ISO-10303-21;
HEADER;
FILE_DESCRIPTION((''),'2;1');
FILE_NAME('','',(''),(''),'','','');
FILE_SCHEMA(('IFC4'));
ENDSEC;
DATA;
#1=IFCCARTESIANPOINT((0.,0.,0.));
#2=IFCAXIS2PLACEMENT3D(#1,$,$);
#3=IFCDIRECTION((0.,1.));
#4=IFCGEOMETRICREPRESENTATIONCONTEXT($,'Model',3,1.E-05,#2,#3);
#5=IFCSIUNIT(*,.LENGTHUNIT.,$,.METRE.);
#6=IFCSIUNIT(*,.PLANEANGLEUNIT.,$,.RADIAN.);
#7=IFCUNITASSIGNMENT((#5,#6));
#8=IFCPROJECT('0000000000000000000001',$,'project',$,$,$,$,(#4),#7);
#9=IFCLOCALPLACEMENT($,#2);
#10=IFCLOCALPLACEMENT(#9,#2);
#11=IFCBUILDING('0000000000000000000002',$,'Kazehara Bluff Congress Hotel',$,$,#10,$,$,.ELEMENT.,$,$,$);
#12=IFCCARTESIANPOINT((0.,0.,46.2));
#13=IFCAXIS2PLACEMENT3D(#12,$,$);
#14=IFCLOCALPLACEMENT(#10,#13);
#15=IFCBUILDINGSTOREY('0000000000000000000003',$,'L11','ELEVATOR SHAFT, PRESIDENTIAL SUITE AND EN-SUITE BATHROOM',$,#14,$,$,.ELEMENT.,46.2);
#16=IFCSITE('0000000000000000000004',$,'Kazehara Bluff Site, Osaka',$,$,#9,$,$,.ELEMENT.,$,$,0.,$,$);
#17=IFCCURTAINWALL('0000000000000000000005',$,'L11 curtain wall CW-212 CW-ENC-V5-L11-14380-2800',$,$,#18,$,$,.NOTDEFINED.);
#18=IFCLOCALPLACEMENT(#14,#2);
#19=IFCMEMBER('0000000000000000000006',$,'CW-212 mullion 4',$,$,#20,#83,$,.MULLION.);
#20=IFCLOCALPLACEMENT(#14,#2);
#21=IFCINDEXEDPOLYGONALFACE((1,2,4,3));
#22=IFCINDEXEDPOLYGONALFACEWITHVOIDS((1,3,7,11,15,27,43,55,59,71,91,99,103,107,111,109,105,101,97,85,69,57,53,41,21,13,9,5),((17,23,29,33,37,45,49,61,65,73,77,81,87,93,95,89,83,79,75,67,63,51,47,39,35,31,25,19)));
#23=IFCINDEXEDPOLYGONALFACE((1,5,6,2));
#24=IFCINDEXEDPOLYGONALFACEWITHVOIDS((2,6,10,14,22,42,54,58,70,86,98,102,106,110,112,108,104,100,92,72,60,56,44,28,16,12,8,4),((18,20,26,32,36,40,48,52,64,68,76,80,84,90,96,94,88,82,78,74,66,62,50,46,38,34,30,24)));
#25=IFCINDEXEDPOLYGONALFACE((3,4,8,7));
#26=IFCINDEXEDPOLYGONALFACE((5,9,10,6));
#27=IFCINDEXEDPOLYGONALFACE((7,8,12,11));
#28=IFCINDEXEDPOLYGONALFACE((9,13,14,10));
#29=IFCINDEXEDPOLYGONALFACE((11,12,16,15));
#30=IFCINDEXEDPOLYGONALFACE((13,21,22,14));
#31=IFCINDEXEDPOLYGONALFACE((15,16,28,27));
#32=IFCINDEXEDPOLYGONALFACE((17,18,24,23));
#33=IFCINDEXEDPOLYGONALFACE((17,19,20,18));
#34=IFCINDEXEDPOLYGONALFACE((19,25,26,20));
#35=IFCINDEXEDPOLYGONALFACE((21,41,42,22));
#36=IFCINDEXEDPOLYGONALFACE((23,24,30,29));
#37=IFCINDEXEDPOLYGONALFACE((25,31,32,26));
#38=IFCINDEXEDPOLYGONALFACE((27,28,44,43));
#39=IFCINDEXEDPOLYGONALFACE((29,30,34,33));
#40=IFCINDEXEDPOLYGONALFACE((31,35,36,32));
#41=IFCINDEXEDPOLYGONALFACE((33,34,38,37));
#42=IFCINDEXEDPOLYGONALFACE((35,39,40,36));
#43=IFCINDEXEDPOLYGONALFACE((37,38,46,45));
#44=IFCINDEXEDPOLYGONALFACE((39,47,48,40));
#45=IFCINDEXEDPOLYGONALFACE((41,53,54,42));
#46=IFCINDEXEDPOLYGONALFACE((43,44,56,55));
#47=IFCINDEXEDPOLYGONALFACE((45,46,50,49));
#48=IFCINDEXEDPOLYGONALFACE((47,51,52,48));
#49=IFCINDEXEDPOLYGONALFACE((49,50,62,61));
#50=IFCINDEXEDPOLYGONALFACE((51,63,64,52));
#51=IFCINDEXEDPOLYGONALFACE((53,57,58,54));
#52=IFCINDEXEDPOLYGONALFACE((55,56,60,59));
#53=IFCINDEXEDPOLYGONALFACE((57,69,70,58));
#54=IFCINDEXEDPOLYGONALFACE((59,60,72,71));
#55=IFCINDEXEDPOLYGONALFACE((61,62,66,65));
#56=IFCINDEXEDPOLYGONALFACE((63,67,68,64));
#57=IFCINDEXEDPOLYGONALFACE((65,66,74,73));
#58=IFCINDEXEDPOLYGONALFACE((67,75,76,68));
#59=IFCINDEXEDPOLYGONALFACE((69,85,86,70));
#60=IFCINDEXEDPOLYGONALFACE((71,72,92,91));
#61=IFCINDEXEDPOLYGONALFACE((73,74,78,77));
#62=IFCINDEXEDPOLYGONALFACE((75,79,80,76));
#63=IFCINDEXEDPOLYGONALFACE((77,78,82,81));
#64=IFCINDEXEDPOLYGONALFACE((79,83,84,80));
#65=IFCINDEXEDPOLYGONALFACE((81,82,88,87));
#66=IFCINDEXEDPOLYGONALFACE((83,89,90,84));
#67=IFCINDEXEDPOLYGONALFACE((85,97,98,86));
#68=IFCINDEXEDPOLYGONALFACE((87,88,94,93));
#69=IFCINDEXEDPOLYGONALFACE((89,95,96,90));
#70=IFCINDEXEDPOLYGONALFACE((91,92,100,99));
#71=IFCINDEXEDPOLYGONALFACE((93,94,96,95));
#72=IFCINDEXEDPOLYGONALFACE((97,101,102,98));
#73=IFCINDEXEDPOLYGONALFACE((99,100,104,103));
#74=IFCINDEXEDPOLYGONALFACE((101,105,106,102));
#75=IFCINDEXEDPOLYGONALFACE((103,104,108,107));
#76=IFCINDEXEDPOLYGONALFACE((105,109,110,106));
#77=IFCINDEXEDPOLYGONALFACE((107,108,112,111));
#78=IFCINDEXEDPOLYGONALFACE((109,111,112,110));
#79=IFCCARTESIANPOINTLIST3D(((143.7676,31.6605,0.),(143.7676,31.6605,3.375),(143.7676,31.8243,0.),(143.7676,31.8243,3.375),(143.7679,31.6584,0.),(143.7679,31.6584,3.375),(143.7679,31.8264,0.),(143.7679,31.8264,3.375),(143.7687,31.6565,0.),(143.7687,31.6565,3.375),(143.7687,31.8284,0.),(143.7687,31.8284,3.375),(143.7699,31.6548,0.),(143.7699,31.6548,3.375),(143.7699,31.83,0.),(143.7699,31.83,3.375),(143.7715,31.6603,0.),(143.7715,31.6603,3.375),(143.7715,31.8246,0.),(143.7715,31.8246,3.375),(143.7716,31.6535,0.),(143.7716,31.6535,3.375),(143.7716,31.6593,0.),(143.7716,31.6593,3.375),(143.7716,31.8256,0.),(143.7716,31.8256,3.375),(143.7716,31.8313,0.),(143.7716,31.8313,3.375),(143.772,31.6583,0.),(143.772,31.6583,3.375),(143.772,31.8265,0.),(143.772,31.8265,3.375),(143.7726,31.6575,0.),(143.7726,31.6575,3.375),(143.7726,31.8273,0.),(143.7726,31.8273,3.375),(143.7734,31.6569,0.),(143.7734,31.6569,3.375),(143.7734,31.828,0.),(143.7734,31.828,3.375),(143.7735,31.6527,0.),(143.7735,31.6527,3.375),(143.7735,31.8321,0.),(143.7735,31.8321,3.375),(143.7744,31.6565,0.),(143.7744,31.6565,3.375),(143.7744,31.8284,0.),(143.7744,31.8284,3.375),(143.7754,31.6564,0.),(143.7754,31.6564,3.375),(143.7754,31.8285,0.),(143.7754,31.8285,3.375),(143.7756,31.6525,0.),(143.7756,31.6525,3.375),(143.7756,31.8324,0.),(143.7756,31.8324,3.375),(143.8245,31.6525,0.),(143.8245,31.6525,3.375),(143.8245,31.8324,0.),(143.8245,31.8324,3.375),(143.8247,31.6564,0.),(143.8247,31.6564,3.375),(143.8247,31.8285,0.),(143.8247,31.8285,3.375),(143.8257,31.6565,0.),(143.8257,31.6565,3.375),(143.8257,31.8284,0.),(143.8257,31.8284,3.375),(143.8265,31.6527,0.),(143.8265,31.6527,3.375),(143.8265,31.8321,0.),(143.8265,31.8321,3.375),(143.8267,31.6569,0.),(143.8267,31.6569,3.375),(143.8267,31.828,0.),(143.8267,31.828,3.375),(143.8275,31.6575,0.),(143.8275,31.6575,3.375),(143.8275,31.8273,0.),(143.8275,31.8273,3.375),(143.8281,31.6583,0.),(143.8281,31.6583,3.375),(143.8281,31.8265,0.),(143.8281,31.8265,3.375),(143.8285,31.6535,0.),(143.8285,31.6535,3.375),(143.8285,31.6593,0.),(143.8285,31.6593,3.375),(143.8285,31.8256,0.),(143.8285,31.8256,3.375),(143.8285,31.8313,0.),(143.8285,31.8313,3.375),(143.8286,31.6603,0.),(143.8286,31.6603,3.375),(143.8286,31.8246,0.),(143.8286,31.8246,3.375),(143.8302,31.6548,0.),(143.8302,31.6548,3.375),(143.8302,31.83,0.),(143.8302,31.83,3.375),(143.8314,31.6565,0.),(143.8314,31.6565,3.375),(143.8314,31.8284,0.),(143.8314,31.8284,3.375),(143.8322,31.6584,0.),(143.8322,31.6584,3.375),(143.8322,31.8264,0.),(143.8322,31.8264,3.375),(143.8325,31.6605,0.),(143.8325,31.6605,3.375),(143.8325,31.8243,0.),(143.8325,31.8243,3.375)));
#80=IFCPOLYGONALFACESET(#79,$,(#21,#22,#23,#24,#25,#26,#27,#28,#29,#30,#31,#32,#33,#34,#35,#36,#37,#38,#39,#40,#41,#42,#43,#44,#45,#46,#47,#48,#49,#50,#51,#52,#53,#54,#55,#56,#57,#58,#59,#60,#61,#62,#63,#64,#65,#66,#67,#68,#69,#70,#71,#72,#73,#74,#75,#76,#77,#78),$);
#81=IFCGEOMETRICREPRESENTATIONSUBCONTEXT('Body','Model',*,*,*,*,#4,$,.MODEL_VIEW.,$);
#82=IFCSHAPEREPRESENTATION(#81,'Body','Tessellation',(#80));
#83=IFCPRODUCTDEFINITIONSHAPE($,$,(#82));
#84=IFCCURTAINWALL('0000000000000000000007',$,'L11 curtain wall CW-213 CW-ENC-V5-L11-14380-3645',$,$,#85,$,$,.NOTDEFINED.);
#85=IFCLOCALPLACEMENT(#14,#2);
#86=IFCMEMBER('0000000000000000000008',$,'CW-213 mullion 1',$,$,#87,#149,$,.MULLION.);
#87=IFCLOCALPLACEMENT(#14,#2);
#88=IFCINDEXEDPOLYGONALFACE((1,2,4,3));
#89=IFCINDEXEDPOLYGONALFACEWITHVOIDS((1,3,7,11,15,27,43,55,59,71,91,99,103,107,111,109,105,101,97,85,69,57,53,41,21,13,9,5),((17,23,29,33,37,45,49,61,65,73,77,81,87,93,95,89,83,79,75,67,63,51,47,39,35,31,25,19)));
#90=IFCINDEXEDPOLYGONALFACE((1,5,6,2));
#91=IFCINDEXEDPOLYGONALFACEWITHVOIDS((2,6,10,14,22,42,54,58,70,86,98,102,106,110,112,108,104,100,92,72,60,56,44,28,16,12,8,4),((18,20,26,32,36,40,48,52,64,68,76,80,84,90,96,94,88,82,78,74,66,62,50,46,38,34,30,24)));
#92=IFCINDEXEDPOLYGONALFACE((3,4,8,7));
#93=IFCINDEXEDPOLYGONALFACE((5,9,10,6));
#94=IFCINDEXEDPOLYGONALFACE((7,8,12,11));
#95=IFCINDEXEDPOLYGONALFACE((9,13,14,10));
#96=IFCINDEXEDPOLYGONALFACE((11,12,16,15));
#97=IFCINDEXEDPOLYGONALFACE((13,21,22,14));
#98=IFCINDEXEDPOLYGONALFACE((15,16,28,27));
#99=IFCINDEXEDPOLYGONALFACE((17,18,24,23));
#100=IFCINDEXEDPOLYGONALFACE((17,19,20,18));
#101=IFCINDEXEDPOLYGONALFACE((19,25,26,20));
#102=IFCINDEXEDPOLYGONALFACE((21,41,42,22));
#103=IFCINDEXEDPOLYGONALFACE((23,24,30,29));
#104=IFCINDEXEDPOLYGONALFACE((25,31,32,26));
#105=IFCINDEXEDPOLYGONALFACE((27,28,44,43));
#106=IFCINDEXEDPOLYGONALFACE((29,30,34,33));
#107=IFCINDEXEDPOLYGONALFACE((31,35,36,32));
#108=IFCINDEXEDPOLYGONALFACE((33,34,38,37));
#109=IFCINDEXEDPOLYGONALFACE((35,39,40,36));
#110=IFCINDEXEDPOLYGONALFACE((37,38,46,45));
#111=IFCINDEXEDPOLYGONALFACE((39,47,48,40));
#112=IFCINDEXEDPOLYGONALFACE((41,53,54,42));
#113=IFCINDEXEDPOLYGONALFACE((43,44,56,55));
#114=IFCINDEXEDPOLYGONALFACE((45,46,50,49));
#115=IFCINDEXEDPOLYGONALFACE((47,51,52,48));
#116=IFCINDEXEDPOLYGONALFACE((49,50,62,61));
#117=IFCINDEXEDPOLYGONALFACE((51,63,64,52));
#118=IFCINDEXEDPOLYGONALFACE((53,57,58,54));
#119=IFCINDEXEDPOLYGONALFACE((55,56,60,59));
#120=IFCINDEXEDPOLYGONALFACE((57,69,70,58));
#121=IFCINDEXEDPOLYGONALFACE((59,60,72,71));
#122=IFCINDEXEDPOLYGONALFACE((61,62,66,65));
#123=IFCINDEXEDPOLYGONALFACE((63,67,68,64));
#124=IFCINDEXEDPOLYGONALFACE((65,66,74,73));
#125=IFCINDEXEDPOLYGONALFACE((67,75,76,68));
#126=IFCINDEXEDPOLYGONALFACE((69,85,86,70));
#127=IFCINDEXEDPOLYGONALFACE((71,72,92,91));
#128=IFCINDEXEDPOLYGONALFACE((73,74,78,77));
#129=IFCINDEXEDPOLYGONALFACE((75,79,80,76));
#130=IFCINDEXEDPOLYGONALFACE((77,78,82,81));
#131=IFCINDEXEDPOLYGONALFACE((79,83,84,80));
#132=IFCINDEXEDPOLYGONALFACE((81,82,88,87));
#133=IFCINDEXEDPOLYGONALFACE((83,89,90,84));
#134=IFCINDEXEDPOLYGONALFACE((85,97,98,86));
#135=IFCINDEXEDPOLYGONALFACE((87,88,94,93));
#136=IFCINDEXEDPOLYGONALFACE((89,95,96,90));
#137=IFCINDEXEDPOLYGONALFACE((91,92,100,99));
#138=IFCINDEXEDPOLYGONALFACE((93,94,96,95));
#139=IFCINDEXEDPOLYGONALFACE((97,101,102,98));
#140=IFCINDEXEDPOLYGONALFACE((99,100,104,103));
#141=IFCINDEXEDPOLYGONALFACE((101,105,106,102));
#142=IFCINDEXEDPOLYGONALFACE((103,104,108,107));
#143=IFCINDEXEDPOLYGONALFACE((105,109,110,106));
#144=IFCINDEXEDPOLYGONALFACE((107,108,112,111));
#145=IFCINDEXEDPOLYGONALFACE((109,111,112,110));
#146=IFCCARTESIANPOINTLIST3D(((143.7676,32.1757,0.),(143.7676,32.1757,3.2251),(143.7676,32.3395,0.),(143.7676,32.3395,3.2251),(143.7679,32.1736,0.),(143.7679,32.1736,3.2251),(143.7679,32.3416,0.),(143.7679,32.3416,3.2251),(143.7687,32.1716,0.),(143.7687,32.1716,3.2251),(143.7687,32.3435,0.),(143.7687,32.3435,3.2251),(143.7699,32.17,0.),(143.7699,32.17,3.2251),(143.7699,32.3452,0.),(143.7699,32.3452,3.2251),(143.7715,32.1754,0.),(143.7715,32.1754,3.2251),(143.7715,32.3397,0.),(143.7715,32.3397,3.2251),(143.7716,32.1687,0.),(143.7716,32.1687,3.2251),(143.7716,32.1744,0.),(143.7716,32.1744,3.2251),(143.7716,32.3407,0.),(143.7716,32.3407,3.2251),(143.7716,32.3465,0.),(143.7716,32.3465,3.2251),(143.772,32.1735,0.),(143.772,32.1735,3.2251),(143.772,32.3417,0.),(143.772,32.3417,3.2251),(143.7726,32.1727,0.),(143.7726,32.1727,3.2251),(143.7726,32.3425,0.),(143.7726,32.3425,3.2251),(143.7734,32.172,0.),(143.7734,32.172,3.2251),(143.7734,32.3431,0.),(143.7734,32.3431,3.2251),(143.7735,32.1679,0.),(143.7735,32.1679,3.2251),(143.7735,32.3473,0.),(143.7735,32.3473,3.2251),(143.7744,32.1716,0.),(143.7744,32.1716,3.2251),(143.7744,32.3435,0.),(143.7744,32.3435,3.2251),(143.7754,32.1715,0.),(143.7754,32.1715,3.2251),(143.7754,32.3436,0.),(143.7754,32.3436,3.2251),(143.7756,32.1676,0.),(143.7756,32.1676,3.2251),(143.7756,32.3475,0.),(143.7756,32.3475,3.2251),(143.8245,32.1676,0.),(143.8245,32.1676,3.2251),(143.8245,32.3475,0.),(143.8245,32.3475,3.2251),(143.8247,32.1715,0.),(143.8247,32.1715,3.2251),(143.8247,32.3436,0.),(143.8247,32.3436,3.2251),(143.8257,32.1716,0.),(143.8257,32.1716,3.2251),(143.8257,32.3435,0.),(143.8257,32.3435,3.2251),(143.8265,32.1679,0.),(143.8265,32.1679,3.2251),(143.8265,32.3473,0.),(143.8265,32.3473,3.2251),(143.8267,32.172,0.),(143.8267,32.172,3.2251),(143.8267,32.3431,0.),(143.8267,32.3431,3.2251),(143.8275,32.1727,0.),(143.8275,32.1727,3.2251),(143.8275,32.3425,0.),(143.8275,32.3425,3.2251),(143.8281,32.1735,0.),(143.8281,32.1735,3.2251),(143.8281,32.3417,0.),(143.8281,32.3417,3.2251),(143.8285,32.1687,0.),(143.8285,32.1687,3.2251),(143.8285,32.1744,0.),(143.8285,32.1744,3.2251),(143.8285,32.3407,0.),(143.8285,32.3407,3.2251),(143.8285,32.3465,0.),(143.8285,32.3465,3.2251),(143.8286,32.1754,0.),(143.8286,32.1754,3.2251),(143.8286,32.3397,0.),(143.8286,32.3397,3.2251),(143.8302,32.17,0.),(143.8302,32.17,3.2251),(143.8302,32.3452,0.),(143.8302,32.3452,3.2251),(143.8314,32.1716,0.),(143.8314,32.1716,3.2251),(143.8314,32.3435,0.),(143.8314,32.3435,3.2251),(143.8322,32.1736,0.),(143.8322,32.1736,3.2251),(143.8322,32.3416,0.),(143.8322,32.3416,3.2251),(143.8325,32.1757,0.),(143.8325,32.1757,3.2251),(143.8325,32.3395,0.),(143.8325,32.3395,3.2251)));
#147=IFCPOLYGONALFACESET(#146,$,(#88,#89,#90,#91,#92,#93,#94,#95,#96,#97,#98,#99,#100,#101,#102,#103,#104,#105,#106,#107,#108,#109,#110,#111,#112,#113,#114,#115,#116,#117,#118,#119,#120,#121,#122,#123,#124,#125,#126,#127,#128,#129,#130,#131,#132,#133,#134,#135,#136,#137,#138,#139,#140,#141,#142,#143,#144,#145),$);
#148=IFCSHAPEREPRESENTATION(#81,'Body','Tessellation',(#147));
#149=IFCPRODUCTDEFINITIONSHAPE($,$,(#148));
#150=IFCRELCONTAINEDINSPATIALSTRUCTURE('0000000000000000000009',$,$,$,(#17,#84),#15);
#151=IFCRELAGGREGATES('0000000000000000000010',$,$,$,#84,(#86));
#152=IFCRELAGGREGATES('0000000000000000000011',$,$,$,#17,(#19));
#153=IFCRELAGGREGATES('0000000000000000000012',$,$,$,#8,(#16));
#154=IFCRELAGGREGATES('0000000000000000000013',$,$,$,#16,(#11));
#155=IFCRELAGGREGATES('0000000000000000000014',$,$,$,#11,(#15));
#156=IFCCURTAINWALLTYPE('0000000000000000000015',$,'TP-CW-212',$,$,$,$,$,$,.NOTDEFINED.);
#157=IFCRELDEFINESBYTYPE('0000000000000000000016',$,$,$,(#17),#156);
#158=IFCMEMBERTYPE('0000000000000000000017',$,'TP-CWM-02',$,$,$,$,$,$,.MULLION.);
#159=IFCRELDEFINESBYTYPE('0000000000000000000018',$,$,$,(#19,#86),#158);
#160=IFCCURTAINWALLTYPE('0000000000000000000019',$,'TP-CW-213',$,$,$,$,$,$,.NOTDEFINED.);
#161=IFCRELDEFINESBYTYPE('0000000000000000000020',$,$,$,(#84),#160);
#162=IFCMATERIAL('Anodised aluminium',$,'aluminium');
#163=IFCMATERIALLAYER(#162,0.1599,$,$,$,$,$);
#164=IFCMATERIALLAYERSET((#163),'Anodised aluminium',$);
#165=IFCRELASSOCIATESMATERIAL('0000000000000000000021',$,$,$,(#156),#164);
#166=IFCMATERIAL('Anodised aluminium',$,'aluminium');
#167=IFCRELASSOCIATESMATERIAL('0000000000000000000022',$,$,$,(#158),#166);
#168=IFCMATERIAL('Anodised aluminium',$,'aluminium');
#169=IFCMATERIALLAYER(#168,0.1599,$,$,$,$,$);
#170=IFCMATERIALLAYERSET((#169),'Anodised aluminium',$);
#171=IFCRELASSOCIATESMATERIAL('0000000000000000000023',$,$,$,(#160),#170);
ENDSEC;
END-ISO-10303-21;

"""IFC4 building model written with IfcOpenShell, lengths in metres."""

from ifc_helpers import new_model, si_unit, direction, frame, origin, origin_2d, place, context, subcontext, project, spatial, hollow_rectangle, extrude, material, layer, layer_set, material_profile, profile_set, type_object, element, aggregate, save


model = new_model("IFC4")

# Units and contexts
model_context = context("Model", 3, precision=1e-05, world=origin(), true_north=direction((0.0, 1.0)))
body_context = subcontext(model_context, "Body", "Model", "MODEL_VIEW")
ifc_project = project(units=[si_unit("LENGTHUNIT", "METRE"), si_unit("PLANEANGLEUNIT", "RADIAN")], contexts=[model_context])

# Site, building, storey
site_placement = place(None, origin())
site = spatial("IfcSite", under=ifc_project, at=site_placement, Name="Kazehara Bluff Site, Osaka", CompositionType="ELEMENT", RefElevation=0.0)
building_placement = place(site_placement, origin())
building = spatial("IfcBuilding", under=site, at=building_placement, Name="Kazehara Bluff Congress Hotel", CompositionType="ELEMENT")
storey_placement = place(building_placement, frame((0.0, 0.0, 46.2)))
storey = spatial("IfcBuildingStorey", under=building, at=storey_placement, Name="L11", Description="ELEVATOR SHAFT, PRESIDENTIAL SUITE AND EN-SUITE BATHROOM", CompositionType="ELEMENT", Elevation=46.2)

# Curtain walls, members
ifc_material_1 = material(Name="Anodised aluminium", Category="aluminium")
ifc_layer_1 = layer(ifc_material_1, 0.1599)
ifc_layer_set_1 = layer_set([ifc_layer_1], Name="Anodised aluminium")
curtain_wall_type_1 = type_object("IfcCurtainWallType", Name="TP-CW-212", PredefinedType="NOTDEFINED", material=ifc_layer_set_1)
curtain_wall_1_placement = place(storey_placement, origin())
curtain_wall_1 = element("IfcCurtainWall", 1, at=curtain_wall_1_placement, inside=storey, type_object=curtain_wall_type_1, Name="L11 curtain wall CW-212 CW-ENC-V5-L11-14380-2800", PredefinedType="NOTDEFINED")
ifc_material_2 = material(Name="Anodised aluminium", Category="aluminium")
ifc_material_profile_1 = material_profile(ifc_material_2, hollow_rectangle(XDim=0.0649, YDim=0.1799, WallThickness=0.0039, InnerFilletRadius=0.0039, OuterFilletRadius=0.0081, at=origin_2d()))
ifc_profile_set_1 = profile_set([ifc_material_profile_1], Name="Anodised aluminium")
member_type_1 = type_object("IfcMemberType", Name="TP-CWM-02", PredefinedType="MULLION", material=ifc_profile_set_1)
member_1_placement = place(storey_placement, frame((143.8, 31.7424, 0.0), z_axis=(0.0, 0.0, 1.0), x_axis=(-1.0, 0.0, 0.0)))
member_1 = element("IfcMember", 2, at=member_1_placement, type_object=member_type_1, Name="CW-212 mullion 4", PredefinedType="MULLION", context=body_context, shape_type="SweptSolid", body=[
    extrude(hollow_rectangle(XDim=0.0649, YDim=0.1799, WallThickness=0.0039, InnerFilletRadius=0.0039, OuterFilletRadius=0.0081, at=origin_2d()), origin(), (0.0, 0.0, 1.0), 3.375),
])
ifc_material_3 = material(Name="Anodised aluminium", Category="aluminium")
ifc_layer_2 = layer(ifc_material_3, 0.1599)
ifc_layer_set_2 = layer_set([ifc_layer_2], Name="Anodised aluminium")
curtain_wall_type_2 = type_object("IfcCurtainWallType", Name="TP-CW-213", PredefinedType="NOTDEFINED", material=ifc_layer_set_2)
curtain_wall_2_placement = place(storey_placement, origin())
curtain_wall_2 = element("IfcCurtainWall", 3, at=curtain_wall_2_placement, inside=storey, type_object=curtain_wall_type_2, Name="L11 curtain wall CW-213 CW-ENC-V5-L11-14380-3645", PredefinedType="NOTDEFINED")
member_2_placement = place(storey_placement, frame((143.8, 32.2576, 0.0), z_axis=(0.0, 0.0, 1.0), x_axis=(-1.0, 0.0, 0.0)))
member_2 = element("IfcMember", 4, at=member_2_placement, type_object=member_type_1, Name="CW-213 mullion 1", PredefinedType="MULLION", context=body_context, shape_type="SweptSolid", body=[
    extrude(hollow_rectangle(XDim=0.0649, YDim=0.1799, WallThickness=0.0039, InnerFilletRadius=0.0039, OuterFilletRadius=0.0081, at=origin_2d()), origin(), (0.0, 0.0, 1.0), 3.2251),
])

aggregate(curtain_wall_2, [member_2])

aggregate(curtain_wall_1, [member_1])

save(model, "model.ifc")
